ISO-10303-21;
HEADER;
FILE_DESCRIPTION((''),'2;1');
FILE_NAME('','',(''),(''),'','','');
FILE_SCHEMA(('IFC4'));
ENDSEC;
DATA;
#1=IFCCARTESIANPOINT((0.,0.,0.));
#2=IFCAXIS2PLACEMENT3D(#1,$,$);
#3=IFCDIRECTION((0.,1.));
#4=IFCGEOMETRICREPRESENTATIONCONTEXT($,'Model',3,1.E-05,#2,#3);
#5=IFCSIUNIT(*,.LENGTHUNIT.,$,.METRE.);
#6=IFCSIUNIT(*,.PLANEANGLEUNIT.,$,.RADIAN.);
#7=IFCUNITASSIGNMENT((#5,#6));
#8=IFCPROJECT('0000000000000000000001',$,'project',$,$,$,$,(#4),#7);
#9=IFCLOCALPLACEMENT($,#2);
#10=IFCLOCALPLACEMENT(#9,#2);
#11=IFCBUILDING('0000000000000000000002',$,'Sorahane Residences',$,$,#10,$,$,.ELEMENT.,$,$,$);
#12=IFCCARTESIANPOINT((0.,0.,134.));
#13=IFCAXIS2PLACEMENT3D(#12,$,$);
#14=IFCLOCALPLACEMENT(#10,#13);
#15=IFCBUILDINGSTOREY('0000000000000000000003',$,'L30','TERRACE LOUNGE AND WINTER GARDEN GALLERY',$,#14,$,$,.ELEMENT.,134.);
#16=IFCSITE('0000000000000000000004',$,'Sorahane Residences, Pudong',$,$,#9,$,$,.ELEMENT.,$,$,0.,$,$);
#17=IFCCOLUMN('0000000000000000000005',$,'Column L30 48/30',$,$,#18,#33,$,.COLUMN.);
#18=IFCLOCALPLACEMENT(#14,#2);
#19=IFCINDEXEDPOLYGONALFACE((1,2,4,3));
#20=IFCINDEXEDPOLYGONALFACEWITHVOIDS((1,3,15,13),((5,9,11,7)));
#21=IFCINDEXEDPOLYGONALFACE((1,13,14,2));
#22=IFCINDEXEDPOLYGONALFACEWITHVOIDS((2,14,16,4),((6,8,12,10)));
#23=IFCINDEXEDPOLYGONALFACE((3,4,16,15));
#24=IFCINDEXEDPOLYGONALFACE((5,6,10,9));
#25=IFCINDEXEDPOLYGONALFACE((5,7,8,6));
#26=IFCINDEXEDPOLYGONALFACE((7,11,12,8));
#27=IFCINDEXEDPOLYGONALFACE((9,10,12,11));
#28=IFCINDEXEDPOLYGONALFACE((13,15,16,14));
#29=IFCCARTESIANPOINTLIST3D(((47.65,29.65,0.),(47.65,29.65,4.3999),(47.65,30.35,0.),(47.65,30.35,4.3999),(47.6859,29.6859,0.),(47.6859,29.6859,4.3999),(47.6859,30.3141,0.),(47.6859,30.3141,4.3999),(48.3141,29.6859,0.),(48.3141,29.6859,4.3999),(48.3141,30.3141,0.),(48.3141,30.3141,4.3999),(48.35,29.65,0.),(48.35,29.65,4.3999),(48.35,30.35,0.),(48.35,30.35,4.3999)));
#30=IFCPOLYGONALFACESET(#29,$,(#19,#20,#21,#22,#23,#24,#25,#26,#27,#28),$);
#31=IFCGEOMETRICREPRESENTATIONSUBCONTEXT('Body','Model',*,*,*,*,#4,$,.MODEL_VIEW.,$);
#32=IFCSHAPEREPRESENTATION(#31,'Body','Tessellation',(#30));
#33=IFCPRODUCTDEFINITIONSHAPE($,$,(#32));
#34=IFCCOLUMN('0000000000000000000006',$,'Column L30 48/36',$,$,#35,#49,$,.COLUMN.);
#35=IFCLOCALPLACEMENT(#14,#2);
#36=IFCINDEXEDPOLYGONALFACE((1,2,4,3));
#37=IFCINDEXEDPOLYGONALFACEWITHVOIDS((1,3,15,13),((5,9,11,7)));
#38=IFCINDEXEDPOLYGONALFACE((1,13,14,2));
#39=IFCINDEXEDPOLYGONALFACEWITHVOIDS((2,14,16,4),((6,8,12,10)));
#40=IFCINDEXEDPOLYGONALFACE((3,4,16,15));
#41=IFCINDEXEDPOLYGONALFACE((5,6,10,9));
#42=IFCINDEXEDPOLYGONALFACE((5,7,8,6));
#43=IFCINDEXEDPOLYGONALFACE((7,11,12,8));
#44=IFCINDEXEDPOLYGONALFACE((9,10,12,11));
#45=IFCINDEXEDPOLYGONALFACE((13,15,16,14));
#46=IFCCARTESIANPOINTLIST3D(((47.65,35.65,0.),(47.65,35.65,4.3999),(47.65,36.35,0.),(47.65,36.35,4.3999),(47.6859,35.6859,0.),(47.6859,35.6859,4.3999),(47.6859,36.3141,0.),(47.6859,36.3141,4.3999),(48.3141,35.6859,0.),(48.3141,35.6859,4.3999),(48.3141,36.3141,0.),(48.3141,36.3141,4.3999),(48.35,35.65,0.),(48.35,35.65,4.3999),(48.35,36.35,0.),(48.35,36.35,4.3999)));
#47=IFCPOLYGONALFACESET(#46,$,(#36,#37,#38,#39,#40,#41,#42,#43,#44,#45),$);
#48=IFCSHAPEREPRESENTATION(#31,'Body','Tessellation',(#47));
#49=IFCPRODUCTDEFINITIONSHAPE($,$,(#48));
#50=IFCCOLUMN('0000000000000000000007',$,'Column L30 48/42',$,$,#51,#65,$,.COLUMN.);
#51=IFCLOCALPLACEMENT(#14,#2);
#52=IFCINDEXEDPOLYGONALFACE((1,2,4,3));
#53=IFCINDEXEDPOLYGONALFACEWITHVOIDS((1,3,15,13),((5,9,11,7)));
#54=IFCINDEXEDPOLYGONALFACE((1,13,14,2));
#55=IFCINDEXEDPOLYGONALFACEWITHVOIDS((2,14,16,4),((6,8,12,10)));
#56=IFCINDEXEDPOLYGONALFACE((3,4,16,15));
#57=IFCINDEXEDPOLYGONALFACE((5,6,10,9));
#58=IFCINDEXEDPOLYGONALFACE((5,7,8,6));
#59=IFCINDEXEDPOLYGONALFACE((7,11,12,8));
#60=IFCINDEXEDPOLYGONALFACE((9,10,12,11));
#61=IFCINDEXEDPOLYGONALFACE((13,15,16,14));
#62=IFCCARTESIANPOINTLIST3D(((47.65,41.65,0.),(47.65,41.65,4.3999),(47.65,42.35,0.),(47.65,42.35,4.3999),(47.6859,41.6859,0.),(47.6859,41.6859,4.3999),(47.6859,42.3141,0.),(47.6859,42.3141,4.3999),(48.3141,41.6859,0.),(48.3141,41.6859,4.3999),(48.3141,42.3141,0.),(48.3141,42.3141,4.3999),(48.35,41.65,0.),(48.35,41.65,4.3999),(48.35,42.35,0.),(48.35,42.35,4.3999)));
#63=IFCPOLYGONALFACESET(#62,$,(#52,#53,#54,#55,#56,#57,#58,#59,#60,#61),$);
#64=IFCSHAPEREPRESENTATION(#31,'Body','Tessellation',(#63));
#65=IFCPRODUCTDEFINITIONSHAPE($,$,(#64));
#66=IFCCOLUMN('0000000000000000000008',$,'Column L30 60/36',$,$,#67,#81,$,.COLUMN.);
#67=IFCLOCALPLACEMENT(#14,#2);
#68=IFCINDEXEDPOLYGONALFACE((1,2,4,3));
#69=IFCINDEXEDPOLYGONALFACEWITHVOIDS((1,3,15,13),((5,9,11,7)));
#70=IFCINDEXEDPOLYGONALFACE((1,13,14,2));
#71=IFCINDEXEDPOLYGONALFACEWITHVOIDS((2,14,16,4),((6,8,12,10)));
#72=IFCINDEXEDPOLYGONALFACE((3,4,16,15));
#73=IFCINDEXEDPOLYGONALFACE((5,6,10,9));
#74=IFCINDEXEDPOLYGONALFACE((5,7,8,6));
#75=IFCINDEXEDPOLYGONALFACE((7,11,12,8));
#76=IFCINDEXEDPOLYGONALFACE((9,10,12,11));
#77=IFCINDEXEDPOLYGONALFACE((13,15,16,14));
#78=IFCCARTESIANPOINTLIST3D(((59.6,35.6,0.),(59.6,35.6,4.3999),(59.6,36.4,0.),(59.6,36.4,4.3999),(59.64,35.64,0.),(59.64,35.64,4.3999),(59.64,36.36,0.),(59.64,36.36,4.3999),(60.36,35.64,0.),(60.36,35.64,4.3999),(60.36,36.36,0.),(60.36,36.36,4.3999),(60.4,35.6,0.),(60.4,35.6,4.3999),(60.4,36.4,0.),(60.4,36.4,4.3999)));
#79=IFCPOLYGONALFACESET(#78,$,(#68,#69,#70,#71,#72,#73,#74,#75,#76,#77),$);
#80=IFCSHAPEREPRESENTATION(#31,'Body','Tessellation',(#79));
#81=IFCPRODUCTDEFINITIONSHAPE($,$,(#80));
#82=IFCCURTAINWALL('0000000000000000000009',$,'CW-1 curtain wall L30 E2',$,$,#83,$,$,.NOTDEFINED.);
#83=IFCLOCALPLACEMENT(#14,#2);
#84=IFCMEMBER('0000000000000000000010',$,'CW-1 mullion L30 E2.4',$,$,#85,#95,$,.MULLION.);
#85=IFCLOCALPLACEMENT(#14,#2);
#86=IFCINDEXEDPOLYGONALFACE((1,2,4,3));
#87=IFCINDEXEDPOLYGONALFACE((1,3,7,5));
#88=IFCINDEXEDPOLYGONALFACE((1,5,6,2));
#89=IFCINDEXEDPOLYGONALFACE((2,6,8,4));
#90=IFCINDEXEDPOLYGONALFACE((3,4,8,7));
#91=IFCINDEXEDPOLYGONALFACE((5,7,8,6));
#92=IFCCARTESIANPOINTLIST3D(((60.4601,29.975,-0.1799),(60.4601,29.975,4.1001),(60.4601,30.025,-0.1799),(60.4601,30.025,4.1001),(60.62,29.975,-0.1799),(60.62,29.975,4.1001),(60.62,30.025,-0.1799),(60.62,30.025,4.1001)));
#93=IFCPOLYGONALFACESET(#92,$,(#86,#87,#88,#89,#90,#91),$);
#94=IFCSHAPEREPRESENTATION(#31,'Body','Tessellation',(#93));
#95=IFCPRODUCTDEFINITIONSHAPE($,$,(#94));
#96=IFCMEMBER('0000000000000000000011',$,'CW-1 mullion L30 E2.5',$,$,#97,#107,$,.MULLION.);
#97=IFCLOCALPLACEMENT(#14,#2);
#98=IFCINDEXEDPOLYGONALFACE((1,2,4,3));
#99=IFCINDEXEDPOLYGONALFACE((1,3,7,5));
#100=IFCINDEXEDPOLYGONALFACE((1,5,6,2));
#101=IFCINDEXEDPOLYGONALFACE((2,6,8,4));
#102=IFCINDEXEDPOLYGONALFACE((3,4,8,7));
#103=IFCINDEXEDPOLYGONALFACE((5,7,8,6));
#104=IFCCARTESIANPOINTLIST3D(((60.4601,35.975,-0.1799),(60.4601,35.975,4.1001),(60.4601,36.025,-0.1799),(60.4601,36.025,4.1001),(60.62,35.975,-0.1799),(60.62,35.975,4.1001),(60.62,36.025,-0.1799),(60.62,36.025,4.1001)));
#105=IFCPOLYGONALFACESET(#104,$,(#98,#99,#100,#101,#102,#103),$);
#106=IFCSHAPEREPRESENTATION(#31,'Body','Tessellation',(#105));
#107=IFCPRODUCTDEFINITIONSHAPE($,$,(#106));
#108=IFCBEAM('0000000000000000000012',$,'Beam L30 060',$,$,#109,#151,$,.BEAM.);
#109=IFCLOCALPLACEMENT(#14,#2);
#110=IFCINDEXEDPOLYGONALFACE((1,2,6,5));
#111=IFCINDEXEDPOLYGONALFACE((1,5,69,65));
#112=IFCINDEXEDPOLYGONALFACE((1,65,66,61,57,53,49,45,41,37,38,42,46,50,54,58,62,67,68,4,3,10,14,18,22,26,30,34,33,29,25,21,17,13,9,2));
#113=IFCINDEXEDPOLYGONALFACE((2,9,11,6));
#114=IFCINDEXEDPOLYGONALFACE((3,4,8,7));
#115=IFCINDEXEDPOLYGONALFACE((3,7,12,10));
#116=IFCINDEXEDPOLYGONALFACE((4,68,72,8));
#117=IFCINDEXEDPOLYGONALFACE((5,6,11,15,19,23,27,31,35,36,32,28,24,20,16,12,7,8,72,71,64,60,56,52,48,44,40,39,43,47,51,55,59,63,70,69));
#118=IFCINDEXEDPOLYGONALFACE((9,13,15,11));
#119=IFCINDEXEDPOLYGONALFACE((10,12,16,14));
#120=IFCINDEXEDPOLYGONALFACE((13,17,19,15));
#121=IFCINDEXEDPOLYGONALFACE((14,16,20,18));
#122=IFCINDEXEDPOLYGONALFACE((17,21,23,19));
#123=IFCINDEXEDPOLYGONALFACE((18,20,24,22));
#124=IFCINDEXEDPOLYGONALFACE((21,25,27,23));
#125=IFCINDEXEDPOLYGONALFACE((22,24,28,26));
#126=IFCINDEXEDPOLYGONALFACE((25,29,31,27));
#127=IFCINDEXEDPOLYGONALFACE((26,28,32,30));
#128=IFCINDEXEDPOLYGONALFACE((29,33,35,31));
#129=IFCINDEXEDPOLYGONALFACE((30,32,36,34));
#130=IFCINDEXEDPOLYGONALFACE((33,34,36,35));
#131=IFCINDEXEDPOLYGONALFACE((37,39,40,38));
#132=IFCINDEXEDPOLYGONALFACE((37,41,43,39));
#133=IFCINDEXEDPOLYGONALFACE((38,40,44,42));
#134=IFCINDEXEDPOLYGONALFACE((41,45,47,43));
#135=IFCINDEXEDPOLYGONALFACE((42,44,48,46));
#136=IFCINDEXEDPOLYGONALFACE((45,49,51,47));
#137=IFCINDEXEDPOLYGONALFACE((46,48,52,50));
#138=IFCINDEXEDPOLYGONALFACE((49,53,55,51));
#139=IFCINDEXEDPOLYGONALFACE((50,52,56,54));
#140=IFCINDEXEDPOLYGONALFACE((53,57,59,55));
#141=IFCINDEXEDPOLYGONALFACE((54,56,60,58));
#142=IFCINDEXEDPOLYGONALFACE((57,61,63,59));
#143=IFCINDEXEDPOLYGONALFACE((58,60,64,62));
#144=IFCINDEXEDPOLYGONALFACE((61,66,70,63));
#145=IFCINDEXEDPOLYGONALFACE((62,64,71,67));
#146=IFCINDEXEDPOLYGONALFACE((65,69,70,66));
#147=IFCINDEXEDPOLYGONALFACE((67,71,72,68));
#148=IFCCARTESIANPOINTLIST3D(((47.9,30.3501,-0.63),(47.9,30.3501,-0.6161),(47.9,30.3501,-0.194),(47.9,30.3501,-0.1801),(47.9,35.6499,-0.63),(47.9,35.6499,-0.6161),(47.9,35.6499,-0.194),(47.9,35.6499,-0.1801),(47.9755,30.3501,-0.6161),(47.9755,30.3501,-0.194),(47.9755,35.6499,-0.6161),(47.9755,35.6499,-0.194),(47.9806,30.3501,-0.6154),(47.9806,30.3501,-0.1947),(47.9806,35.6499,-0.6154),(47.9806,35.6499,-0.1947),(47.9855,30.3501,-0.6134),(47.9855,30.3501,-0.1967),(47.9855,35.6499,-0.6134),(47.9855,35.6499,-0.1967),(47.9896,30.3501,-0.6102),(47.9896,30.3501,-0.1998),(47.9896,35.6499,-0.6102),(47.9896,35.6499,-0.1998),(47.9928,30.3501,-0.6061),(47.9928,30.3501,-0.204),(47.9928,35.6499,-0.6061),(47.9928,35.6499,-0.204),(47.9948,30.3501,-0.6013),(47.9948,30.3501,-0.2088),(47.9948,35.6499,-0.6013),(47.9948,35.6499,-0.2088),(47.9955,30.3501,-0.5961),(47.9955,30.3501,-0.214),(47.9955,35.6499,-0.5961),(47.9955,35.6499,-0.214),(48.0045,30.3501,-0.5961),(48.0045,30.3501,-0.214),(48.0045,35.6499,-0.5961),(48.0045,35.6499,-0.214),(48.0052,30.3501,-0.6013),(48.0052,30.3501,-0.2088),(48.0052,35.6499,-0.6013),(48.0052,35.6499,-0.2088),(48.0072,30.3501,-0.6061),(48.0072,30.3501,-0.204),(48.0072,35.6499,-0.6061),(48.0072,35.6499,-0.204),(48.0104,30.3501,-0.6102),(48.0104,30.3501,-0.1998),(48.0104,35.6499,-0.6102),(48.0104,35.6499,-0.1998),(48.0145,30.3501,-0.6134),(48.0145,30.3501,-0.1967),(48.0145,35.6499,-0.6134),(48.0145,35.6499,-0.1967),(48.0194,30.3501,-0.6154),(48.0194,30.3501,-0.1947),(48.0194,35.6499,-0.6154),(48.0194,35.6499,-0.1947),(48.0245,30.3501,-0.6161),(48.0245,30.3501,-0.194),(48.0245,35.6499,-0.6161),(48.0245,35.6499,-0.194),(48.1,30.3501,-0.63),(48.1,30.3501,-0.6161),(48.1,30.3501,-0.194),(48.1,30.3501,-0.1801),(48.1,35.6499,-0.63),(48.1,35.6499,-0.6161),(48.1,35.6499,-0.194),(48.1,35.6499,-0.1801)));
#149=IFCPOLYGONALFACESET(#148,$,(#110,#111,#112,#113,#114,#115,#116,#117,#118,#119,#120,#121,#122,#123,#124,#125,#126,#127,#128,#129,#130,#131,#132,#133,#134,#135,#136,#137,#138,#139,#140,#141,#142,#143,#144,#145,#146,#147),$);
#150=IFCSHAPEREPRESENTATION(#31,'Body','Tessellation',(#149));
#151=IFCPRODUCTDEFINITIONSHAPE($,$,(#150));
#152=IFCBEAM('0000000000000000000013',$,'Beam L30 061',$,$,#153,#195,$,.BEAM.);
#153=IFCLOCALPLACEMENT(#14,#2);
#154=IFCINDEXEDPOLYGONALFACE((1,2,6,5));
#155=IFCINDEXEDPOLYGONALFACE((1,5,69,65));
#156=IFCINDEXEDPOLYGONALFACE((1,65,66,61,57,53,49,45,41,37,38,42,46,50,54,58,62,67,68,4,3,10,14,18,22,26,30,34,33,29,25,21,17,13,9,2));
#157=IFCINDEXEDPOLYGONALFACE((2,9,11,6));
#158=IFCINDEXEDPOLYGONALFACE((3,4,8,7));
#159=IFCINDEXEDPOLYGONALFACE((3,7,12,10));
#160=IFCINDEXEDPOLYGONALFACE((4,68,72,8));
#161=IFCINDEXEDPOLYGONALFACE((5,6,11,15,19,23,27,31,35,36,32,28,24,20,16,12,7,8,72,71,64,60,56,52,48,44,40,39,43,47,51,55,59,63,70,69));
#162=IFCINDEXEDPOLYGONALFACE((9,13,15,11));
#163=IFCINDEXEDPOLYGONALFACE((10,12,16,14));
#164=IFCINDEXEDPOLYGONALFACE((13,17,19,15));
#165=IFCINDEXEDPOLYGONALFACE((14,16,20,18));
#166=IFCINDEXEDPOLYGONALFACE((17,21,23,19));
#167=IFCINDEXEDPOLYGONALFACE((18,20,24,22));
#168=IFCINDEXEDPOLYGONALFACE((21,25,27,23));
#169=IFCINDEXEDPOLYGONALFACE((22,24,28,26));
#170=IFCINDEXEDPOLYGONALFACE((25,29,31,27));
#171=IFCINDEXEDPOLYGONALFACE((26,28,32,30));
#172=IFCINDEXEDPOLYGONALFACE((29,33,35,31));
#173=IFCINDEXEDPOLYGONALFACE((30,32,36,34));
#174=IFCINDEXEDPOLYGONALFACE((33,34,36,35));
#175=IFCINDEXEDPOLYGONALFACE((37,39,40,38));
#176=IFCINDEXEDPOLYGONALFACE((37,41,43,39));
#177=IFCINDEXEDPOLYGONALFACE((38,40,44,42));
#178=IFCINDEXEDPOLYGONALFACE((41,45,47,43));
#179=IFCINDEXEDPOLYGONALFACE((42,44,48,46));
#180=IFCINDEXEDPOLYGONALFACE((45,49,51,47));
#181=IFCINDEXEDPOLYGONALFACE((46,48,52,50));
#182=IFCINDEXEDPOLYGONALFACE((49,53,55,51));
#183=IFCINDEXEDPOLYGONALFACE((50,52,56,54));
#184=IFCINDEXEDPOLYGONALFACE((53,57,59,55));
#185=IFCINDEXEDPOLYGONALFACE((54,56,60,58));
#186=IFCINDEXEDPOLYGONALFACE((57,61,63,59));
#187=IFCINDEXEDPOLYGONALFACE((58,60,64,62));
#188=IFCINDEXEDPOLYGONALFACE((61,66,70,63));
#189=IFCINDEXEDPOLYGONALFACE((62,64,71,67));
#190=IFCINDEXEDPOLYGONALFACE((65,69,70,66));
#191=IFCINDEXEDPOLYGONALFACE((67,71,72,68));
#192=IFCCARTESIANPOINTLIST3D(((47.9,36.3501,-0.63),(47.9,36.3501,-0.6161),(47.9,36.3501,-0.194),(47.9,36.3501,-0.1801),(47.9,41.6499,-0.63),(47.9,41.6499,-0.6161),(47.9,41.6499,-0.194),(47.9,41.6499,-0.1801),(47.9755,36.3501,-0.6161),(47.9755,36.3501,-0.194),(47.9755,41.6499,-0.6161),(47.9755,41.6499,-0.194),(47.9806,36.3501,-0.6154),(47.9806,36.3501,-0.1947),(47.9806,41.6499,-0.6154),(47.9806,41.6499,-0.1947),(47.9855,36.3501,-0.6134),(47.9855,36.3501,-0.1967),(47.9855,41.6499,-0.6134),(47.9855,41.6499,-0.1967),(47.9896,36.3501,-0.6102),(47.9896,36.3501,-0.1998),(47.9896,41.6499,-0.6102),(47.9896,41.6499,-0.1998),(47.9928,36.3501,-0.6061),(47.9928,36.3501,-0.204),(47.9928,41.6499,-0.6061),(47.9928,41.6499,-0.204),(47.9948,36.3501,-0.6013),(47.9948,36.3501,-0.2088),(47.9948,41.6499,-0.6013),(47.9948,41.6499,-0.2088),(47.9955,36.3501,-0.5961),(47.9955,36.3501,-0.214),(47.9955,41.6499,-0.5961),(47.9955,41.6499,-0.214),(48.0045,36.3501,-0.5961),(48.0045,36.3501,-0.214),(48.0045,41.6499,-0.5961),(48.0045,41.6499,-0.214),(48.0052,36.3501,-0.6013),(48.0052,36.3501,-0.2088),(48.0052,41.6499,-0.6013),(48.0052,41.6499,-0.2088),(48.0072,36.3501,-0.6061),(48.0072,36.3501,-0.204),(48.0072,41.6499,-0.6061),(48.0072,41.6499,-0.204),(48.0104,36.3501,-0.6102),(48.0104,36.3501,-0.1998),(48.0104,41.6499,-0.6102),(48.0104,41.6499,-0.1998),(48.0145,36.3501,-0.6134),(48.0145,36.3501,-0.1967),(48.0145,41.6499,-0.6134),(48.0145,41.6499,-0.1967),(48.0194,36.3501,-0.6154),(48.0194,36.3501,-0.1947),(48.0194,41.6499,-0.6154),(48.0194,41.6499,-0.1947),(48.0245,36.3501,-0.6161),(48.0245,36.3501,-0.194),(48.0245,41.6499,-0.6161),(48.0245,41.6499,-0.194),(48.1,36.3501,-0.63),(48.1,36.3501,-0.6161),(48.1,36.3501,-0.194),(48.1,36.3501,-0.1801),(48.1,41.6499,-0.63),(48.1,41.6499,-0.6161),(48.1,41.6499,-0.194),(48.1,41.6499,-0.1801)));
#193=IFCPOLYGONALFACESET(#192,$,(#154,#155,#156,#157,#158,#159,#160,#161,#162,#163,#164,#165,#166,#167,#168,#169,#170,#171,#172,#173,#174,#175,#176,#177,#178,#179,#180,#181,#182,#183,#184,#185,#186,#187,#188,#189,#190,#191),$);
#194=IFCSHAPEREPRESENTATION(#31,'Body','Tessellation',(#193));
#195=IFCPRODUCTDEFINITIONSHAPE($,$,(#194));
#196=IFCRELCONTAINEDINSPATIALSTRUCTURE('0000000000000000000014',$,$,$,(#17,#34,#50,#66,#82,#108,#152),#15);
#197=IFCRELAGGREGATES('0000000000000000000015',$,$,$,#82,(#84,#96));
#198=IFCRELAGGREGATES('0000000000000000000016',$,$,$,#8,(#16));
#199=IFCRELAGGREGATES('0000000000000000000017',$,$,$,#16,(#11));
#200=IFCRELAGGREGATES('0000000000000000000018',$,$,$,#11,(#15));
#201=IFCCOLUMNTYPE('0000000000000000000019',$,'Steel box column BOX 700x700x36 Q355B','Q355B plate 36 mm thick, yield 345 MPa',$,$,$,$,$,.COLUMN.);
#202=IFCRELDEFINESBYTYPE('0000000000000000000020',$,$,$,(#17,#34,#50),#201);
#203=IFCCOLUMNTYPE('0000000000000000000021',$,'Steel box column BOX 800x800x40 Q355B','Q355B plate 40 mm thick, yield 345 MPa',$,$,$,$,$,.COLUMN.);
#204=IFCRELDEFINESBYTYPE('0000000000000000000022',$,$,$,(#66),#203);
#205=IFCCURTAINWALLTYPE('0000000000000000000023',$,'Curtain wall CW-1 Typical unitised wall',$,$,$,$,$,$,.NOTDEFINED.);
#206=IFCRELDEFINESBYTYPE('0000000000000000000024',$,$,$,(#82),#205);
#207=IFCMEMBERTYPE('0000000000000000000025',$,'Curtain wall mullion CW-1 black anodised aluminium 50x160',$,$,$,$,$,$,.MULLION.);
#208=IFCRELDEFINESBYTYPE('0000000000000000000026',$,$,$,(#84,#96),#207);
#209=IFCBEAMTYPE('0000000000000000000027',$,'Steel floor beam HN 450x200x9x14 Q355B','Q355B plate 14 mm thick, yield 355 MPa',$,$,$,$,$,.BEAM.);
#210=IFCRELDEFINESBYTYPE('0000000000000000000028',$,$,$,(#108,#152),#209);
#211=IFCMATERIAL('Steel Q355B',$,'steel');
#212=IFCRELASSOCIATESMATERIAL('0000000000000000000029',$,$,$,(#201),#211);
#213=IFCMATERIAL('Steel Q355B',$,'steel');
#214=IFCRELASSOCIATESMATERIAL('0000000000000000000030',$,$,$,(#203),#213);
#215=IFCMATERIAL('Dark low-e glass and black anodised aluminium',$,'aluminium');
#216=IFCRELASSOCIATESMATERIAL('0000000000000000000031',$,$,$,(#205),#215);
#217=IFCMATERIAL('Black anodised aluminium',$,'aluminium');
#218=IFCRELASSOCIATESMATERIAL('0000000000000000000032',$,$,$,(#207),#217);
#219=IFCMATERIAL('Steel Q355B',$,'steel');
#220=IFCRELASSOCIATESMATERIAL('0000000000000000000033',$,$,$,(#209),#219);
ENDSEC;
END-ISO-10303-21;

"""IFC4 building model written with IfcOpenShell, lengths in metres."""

from ifc_helpers import new_model, si_unit, direction, frame, origin, origin_2d, place, context, subcontext, project, spatial, rectangle, hollow_rectangle, i_section, extrude, material, material_profile, profile_set, type_object, element, aggregate, save


model = new_model("IFC4")

# Units and contexts
model_context = context("Model", 3, precision=1e-05, world=origin(), true_north=direction((0.0, 1.0)))
body_context = subcontext(model_context, "Body", "Model", "MODEL_VIEW")
ifc_project = project(units=[si_unit("LENGTHUNIT", "METRE"), si_unit("PLANEANGLEUNIT", "RADIAN")], contexts=[model_context])

# Site, building, storey
site_placement = place(None, origin())
site = spatial("IfcSite", under=ifc_project, at=site_placement, Name="Sorahane Residences, Pudong", CompositionType="ELEMENT", RefElevation=0.0)
building_placement = place(site_placement, origin())
building = spatial("IfcBuilding", under=site, at=building_placement, Name="Sorahane Residences", CompositionType="ELEMENT")
storey_placement = place(building_placement, frame((0.0, 0.0, 134.0)))
storey = spatial("IfcBuildingStorey", under=building, at=storey_placement, Name="L30", Description="TERRACE LOUNGE AND WINTER GARDEN GALLERY", CompositionType="ELEMENT", Elevation=134.0)

# Columns
ifc_material_1 = material(Name="Steel Q355B", Category="steel")
ifc_material_profile_1 = material_profile(ifc_material_1, hollow_rectangle(XDim=0.7, YDim=0.7, WallThickness=0.0359, at=origin_2d()), Name="BOX 700x700x36")
ifc_profile_set_1 = profile_set([ifc_material_profile_1], Name="Steel Q355B")
column_type_1 = type_object("IfcColumnType", Name="Steel box column BOX 700x700x36 Q355B", Description="Q355B plate 36 mm thick, yield 345 MPa", PredefinedType="COLUMN", material=ifc_profile_set_1)
for number, where, z_axis, x_axis, name in (
    (1, (48.0, 30.0, 0.0), (0.0, 0.0, 1.0), (1.0, 0.0, 0.0), "Column L30 48/30"),
    (2, (48.0, 36.0, 0.0), (0.0, 0.0, 1.0), (1.0, 0.0, 0.0), "Column L30 48/36"),
    (3, (48.0, 42.0, 0.0), (0.0, 0.0, 1.0), (1.0, 0.0, 0.0), "Column L30 48/42"),
):
    element("IfcColumn", number, at=place(storey_placement, frame(where, z_axis=z_axis, x_axis=x_axis)), inside=storey, type_object=column_type_1, Name=name, PredefinedType="COLUMN", context=body_context, shape_type="SweptSolid", body=[
        extrude(hollow_rectangle(XDim=0.7, YDim=0.7, WallThickness=0.0359, at=origin_2d()), origin(), (0.0, 0.0, 1.0), 4.3999),
    ])
ifc_material_2 = material(Name="Steel Q355B", Category="steel")
ifc_material_profile_2 = material_profile(ifc_material_2, hollow_rectangle(XDim=0.8, YDim=0.8, WallThickness=0.04, at=origin_2d()), Name="BOX 800x800x40")
ifc_profile_set_2 = profile_set([ifc_material_profile_2], Name="Steel Q355B")
column_type_2 = type_object("IfcColumnType", Name="Steel box column BOX 800x800x40 Q355B", Description="Q355B plate 40 mm thick, yield 345 MPa", PredefinedType="COLUMN", material=ifc_profile_set_2)
column_placement = place(storey_placement, frame((60.0, 36.0, 0.0), z_axis=(0.0, 0.0, 1.0), x_axis=(1.0, 0.0, 0.0)))
element("IfcColumn", 4, at=column_placement, inside=storey, type_object=column_type_2, Name="Column L30 60/36", PredefinedType="COLUMN", context=body_context, shape_type="SweptSolid", body=[
    extrude(hollow_rectangle(XDim=0.8, YDim=0.8, WallThickness=0.04, at=origin_2d()), origin(), (0.0, 0.0, 1.0), 4.3999),
])

# Curtain wall, members
ifc_material_3 = material(Name="Dark low-e glass and black anodised aluminium", Category="aluminium")
curtain_wall_type = type_object("IfcCurtainWallType", Name="Curtain wall CW-1 Typical unitised wall", PredefinedType="NOTDEFINED", material=ifc_material_3)
curtain_wall_placement = place(storey_placement, origin())
curtain_wall = element("IfcCurtainWall", 5, at=curtain_wall_placement, inside=storey, type_object=curtain_wall_type, Name="CW-1 curtain wall L30 E2", PredefinedType="NOTDEFINED")
ifc_material_4 = material(Name="Black anodised aluminium", Category="aluminium")
ifc_material_profile_3 = material_profile(ifc_material_4, rectangle(XDim=0.1599, YDim=0.05, at=origin_2d()), Name="Curtain wall mullion CW-1 black anodised aluminium 50x160")
ifc_profile_set_3 = profile_set([ifc_material_profile_3], Name="Black anodised aluminium")
member_type = type_object("IfcMemberType", Name="Curtain wall mullion CW-1 black anodised aluminium 50x160", PredefinedType="MULLION", material=ifc_profile_set_3)
member_1_placement = place(storey_placement, frame((60.54, 30.0, -0.1799), z_axis=(0.0, 0.0, 1.0), x_axis=(1.0, 0.0, 0.0)))
member_1 = element("IfcMember", 6, at=member_1_placement, type_object=member_type, Name="CW-1 mullion L30 E2.4", PredefinedType="MULLION", context=body_context, shape_type="SweptSolid", body=[
    extrude(rectangle(XDim=0.1599, YDim=0.05, at=origin_2d()), origin(), (0.0, 0.0, 1.0), 4.28),
])
member_2_placement = place(storey_placement, frame((60.54, 36.0, -0.1799), z_axis=(0.0, 0.0, 1.0), x_axis=(1.0, 0.0, 0.0)))
member_2 = element("IfcMember", 7, at=member_2_placement, type_object=member_type, Name="CW-1 mullion L30 E2.5", PredefinedType="MULLION", context=body_context, shape_type="SweptSolid", body=[
    extrude(rectangle(XDim=0.1599, YDim=0.05, at=origin_2d()), origin(), (0.0, 0.0, 1.0), 4.28),
])

# Beams
ifc_material_5 = material(Name="Steel Q355B", Category="steel")
ifc_material_profile_4 = material_profile(ifc_material_5, i_section(OverallWidth=0.2, OverallDepth=0.45, WebThickness=0.009, FlangeThickness=0.0139, FilletRadius=0.02, at=origin_2d()), Name="HN 450x200x9x14")
ifc_profile_set_4 = profile_set([ifc_material_profile_4], Name="Steel Q355B")
beam_type_1 = type_object("IfcBeamType", Name="Steel floor beam HN 450x200x9x14 Q355B", Description="Q355B plate 14 mm thick, yield 355 MPa", PredefinedType="BEAM", material=ifc_profile_set_4)
for number, where, z_axis, x_axis, name in (
    (8, (48.0, 30.3501, -0.405), (0.0, 1.0, 0.0), (-1.0, 0.0, 0.0), "Beam L30 060"),
    (9, (48.0, 36.3501, -0.405), (0.0, 1.0, 0.0), (-1.0, 0.0, 0.0), "Beam L30 061"),
):
    element("IfcBeam", number, at=place(storey_placement, frame(where, z_axis=z_axis, x_axis=x_axis)), inside=storey, type_object=beam_type_1, Name=name, PredefinedType="BEAM", context=body_context, shape_type="SweptSolid", body=[
        extrude(i_section(OverallWidth=0.2, OverallDepth=0.45, WebThickness=0.009, FlangeThickness=0.0139, FilletRadius=0.02, at=origin_2d()), origin(), (0.0, 0.0, 1.0), 5.2998),
    ])

aggregate(curtain_wall, [member_1, member_2])

save(model, "model.ifc")
